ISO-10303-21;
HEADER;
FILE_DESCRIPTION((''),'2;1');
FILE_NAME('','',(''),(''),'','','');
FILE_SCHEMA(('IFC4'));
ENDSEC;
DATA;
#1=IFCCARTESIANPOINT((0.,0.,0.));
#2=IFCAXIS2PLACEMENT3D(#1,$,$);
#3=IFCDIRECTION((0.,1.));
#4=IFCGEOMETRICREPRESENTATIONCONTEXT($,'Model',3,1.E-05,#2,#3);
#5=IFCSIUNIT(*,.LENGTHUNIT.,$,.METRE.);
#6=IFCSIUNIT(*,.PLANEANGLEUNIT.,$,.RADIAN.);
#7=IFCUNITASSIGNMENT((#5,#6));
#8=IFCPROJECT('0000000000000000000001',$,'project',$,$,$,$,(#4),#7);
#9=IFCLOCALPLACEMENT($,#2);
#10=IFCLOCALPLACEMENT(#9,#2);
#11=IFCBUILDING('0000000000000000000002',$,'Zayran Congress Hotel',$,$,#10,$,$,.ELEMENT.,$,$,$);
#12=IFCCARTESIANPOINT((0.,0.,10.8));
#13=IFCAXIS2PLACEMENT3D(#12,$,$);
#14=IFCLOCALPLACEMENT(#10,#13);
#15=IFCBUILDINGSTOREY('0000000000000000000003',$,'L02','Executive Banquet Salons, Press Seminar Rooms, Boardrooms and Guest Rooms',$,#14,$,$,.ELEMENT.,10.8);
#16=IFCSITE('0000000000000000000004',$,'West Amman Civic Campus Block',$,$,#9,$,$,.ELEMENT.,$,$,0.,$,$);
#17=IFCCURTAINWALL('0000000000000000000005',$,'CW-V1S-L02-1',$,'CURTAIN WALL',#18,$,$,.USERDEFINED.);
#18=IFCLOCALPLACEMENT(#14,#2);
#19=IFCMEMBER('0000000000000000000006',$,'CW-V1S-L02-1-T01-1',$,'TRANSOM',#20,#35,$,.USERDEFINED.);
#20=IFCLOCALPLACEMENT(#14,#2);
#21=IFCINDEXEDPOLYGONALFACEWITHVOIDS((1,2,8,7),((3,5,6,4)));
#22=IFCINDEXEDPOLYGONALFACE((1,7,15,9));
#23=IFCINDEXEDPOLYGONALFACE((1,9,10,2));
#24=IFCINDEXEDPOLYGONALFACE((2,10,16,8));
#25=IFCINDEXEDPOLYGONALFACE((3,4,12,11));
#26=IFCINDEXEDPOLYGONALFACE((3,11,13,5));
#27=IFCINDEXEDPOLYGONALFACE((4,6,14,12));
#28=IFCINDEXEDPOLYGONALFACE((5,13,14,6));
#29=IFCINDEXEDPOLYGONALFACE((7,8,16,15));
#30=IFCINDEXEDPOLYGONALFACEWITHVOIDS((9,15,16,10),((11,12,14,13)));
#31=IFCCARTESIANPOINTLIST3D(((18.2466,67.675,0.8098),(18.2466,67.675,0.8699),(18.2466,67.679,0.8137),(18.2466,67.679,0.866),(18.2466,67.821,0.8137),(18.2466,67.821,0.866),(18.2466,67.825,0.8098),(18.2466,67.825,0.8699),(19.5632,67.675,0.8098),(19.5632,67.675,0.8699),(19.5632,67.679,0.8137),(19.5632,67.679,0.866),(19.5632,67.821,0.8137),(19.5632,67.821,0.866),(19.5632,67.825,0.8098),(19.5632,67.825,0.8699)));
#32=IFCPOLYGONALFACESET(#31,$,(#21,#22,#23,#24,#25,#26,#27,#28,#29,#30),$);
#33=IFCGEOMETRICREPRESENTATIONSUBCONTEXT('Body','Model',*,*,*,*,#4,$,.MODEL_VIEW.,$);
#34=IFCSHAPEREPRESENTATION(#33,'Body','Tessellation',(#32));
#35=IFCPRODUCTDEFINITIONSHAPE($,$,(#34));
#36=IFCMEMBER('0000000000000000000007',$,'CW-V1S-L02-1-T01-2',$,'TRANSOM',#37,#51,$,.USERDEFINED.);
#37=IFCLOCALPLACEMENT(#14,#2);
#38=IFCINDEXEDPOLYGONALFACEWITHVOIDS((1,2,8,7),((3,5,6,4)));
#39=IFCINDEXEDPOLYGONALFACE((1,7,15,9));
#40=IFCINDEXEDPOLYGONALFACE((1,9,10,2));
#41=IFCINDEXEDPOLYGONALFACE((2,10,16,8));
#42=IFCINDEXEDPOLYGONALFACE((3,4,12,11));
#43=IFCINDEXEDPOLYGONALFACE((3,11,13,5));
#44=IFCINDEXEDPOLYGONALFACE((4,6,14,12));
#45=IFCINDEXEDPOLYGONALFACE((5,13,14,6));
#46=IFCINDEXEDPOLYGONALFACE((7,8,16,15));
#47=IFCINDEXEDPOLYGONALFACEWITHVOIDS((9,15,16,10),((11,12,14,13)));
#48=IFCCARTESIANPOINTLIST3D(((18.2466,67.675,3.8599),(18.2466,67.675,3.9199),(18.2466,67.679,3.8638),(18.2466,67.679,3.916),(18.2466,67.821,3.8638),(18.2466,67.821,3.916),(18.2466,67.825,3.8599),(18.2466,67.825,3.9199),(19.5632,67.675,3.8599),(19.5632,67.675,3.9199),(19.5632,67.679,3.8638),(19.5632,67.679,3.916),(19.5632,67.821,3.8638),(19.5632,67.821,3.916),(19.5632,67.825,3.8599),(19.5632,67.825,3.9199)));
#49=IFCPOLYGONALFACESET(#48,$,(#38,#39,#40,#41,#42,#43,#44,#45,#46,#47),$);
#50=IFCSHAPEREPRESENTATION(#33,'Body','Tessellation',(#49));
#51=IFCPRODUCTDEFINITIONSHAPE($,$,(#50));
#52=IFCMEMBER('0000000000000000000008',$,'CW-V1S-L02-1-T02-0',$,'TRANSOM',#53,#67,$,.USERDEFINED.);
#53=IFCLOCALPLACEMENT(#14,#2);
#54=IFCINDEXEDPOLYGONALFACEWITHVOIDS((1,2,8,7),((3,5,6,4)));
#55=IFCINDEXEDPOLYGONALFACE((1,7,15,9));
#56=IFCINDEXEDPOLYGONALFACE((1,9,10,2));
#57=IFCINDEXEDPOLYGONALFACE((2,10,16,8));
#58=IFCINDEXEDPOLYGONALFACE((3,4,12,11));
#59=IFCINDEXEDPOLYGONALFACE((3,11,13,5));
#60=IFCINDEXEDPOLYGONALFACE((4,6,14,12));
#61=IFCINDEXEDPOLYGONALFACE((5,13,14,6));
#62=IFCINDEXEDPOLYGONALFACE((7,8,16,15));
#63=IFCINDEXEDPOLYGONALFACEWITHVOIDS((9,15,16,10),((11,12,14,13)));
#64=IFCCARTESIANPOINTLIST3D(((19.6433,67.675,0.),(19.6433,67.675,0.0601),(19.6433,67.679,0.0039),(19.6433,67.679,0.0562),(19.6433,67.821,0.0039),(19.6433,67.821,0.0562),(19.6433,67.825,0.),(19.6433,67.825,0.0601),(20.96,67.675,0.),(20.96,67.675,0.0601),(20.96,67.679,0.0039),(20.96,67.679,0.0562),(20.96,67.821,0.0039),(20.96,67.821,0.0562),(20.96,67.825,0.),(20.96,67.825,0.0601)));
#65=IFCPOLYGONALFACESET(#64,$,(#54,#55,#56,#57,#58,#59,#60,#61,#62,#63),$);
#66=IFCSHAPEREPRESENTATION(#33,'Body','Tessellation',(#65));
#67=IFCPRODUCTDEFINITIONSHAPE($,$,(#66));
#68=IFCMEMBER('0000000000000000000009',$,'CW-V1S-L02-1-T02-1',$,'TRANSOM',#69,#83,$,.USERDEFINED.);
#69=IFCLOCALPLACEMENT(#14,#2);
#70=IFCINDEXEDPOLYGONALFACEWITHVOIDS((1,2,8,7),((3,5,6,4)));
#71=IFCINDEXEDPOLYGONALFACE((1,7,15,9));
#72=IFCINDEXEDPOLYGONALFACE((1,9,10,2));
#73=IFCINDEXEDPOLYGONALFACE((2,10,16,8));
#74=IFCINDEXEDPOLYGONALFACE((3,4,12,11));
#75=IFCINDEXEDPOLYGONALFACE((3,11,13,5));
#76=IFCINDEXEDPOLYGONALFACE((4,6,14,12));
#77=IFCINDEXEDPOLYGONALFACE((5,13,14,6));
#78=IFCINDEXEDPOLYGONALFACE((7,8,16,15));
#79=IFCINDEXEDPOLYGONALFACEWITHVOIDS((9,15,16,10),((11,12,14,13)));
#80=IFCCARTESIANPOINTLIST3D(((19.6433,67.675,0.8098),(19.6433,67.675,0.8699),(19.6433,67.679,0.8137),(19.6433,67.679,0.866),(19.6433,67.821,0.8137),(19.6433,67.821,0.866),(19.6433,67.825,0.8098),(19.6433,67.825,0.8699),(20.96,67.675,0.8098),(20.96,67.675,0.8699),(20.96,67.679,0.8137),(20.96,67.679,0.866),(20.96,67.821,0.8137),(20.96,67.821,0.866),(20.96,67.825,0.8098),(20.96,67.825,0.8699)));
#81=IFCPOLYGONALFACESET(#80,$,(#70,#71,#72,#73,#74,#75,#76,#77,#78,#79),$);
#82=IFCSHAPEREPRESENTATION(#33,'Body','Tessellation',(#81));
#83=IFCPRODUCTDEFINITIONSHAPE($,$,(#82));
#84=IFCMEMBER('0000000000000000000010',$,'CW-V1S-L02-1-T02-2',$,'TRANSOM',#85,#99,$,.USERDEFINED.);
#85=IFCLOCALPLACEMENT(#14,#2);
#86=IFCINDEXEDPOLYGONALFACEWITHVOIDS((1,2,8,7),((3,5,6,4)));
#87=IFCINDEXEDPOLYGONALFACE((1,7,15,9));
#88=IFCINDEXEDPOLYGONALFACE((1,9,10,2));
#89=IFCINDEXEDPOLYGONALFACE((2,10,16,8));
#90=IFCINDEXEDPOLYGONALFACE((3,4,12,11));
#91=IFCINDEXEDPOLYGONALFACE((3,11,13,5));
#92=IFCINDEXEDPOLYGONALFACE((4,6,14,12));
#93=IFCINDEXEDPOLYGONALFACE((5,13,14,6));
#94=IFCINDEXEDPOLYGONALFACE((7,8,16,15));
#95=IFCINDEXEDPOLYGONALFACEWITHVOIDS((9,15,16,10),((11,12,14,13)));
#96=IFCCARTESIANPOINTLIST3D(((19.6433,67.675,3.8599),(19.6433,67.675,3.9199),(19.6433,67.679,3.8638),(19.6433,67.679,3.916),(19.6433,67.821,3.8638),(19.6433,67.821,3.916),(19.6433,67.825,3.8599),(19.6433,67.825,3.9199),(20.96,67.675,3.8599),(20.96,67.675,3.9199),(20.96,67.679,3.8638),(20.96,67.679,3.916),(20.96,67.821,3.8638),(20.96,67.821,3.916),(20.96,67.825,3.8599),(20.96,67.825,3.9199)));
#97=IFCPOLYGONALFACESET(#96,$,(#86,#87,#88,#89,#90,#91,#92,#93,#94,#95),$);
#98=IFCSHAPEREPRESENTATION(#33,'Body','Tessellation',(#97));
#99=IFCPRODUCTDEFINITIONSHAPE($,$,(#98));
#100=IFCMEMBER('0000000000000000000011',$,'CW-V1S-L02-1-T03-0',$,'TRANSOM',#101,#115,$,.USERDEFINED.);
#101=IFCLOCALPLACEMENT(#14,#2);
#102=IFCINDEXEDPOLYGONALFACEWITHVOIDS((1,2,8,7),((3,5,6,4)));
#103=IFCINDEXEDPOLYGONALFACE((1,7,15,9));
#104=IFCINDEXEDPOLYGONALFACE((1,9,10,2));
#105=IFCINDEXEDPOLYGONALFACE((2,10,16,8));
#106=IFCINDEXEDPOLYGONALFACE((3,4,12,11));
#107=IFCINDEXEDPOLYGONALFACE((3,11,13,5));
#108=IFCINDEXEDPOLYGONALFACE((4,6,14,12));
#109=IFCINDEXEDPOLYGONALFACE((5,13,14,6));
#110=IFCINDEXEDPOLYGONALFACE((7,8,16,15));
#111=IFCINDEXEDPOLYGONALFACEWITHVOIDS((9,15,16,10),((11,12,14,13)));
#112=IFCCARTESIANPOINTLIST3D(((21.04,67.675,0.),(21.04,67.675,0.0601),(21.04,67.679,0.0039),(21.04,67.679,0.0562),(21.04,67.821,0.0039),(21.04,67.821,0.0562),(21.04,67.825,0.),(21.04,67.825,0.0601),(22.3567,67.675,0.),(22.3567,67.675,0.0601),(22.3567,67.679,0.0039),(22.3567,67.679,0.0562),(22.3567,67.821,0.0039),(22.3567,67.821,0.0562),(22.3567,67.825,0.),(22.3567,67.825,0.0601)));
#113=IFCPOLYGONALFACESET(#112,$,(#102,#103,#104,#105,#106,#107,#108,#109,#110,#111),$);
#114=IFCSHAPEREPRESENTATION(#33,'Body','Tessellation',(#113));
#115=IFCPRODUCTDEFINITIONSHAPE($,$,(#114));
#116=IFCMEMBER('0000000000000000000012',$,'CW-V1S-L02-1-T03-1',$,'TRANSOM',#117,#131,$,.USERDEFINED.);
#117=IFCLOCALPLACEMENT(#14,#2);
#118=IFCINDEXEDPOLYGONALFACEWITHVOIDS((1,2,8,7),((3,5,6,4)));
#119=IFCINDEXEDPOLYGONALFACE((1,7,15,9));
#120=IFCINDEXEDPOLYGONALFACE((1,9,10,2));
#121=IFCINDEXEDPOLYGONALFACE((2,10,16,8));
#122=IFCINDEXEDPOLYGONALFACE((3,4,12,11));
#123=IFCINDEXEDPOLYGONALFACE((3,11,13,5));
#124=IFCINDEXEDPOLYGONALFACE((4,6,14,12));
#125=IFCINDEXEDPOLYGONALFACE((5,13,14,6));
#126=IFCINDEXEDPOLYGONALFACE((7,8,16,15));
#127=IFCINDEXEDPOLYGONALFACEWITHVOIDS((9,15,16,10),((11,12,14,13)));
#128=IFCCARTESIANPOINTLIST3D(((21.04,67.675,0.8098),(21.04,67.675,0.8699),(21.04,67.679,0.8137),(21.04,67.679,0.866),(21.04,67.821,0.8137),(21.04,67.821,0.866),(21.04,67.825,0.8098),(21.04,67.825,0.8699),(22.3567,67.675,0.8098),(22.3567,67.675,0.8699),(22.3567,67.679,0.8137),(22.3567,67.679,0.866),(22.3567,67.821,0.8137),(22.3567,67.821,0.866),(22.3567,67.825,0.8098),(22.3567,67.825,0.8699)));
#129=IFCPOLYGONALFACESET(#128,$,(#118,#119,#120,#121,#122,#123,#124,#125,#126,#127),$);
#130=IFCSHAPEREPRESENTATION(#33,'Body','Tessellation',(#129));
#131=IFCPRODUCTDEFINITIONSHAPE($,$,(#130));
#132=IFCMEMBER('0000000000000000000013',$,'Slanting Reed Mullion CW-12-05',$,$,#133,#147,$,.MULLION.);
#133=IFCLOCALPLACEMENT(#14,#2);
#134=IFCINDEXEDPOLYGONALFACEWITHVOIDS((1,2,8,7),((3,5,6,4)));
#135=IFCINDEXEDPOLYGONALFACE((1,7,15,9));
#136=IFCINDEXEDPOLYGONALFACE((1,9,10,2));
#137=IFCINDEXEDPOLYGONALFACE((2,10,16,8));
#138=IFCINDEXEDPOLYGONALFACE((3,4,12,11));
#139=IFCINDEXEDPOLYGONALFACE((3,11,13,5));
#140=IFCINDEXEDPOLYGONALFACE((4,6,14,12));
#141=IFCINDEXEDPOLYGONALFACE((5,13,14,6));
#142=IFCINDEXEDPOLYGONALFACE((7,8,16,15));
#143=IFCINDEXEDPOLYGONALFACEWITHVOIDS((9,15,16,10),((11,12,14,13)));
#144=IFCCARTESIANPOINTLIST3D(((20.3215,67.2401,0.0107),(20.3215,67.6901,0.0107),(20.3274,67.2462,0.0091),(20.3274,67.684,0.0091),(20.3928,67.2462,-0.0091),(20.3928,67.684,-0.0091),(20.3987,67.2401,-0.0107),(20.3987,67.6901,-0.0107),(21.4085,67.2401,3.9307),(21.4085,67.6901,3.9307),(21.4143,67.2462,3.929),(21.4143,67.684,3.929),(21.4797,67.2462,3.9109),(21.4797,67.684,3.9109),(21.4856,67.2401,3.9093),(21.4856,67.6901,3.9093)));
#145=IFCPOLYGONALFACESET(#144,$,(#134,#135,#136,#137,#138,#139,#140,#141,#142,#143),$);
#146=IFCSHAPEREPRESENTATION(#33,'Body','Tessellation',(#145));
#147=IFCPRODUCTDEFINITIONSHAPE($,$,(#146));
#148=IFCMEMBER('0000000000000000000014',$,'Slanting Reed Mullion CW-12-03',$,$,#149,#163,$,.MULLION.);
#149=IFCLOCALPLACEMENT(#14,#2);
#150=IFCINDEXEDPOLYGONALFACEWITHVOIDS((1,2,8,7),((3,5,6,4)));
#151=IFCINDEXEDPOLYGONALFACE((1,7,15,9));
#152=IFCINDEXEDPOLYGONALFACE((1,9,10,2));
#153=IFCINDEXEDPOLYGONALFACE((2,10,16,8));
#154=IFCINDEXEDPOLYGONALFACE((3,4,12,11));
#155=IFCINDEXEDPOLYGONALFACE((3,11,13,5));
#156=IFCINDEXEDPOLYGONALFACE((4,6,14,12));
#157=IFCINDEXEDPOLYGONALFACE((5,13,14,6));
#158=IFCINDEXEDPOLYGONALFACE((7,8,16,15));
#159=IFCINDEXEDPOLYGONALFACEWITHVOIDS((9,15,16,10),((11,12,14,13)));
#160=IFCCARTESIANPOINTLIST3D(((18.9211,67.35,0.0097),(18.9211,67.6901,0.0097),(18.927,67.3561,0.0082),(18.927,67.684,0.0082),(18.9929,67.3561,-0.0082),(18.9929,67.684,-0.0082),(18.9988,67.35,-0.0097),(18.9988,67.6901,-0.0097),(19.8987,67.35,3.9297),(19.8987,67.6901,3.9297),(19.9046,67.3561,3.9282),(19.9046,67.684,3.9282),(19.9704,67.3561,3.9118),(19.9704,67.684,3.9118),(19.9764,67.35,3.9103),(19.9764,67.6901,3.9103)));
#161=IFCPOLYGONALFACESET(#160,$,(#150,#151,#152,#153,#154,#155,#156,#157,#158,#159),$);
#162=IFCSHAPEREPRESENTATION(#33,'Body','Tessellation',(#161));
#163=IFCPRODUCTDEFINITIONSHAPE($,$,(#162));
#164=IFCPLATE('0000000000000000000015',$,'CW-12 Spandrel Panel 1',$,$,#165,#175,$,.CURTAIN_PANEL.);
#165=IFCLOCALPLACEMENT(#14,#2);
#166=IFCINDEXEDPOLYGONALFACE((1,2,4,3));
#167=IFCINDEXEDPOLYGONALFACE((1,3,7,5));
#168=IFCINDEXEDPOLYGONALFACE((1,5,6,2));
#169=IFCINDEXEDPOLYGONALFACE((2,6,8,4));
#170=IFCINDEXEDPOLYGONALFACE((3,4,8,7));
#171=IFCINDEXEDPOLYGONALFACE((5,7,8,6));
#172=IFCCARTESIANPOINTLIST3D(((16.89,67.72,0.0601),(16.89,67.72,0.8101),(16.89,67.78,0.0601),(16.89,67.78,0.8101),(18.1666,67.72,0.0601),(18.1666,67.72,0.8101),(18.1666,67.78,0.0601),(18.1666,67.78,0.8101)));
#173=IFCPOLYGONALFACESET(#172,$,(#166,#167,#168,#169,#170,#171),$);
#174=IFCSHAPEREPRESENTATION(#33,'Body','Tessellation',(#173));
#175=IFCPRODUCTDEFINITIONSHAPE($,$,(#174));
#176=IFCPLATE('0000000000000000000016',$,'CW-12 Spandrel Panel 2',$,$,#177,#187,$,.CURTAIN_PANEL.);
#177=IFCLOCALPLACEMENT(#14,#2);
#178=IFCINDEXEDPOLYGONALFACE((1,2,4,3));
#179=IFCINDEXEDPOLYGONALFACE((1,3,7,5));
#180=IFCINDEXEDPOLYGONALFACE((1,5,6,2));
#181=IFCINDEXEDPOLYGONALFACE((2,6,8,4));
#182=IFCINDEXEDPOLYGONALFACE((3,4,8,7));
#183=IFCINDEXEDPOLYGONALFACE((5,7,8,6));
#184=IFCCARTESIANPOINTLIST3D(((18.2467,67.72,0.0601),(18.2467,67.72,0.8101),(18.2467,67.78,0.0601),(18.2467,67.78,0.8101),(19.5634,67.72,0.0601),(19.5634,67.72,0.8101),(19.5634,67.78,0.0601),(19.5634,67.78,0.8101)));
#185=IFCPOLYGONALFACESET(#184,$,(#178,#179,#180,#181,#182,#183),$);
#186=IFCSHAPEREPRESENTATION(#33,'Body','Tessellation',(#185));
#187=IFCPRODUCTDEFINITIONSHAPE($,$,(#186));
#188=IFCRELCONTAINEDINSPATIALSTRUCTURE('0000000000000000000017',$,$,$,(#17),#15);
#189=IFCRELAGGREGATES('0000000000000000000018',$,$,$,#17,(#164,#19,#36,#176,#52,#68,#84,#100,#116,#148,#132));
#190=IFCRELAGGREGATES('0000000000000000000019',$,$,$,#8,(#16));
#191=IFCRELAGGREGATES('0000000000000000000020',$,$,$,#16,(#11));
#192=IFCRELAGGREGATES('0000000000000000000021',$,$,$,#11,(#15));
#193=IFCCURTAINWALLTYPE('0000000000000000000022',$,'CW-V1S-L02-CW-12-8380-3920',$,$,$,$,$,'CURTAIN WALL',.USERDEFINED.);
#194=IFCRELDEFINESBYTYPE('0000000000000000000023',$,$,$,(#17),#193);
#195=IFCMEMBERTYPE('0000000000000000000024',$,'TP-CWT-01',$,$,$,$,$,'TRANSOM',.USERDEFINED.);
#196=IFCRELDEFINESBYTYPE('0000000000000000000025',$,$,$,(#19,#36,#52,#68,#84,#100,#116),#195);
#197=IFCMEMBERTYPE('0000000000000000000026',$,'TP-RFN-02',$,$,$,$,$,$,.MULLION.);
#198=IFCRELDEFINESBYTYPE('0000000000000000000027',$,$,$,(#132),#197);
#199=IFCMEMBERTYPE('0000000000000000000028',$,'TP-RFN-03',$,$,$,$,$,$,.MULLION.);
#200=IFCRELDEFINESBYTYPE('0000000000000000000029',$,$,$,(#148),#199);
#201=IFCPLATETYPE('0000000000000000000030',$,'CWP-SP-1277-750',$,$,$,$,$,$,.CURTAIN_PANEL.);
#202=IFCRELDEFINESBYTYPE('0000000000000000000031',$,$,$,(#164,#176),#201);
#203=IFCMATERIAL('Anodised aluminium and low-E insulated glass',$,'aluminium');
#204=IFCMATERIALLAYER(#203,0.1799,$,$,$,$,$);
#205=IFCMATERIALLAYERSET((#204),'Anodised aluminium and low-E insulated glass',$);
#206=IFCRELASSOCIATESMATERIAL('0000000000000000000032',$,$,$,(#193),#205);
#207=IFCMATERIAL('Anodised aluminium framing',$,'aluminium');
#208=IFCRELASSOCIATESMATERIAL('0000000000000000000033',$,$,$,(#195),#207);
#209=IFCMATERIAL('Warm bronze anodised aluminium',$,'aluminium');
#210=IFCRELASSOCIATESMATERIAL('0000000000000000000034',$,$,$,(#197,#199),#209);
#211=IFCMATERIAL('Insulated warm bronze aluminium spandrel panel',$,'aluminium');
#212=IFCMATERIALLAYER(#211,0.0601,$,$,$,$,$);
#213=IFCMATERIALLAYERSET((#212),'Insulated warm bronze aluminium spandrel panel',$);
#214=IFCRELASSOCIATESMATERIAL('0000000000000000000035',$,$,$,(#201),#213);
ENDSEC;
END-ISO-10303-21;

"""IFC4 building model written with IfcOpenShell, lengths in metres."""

from ifc_helpers import new_model, si_unit, direction, frame, origin, origin_2d, place, context, subcontext, project, spatial, rectangle, hollow_rectangle, extrude, material, layer, layer_set, material_profile, profile_set, type_object, element, aggregate, save


model = new_model("IFC4")

# Units and contexts
model_context = context("Model", 3, precision=1e-05, world=origin(), true_north=direction((0.0, 1.0)))
body_context = subcontext(model_context, "Body", "Model", "MODEL_VIEW")
ifc_project = project(units=[si_unit("LENGTHUNIT", "METRE"), si_unit("PLANEANGLEUNIT", "RADIAN")], contexts=[model_context])

# Site, building, storey
site_placement = place(None, origin())
site = spatial("IfcSite", under=ifc_project, at=site_placement, Name="West Amman Civic Campus Block", CompositionType="ELEMENT", RefElevation=0.0)
building_placement = place(site_placement, origin())
building = spatial("IfcBuilding", under=site, at=building_placement, Name="Zayran Congress Hotel", CompositionType="ELEMENT")
storey_placement = place(building_placement, frame((0.0, 0.0, 10.8)))
storey = spatial("IfcBuildingStorey", under=building, at=storey_placement, Name="L02", Description="Executive Banquet Salons, Press Seminar Rooms, Boardrooms and Guest Rooms", CompositionType="ELEMENT", Elevation=10.8)

# Curtain wall, members, plates
ifc_material_1 = material(Name="Anodised aluminium and low-E insulated glass", Category="aluminium")
ifc_layer_1 = layer(ifc_material_1, 0.1799)
ifc_layer_set_1 = layer_set([ifc_layer_1], Name="Anodised aluminium and low-E insulated glass")
curtain_wall_type = type_object("IfcCurtainWallType", Name="CW-V1S-L02-CW-12-8380-3920", ElementType="CURTAIN WALL", PredefinedType="USERDEFINED", material=ifc_layer_set_1)
curtain_wall_placement = place(storey_placement, origin())
curtain_wall = element("IfcCurtainWall", 1, at=curtain_wall_placement, inside=storey, type_object=curtain_wall_type, Name="CW-V1S-L02-1", ObjectType="CURTAIN WALL", PredefinedType="USERDEFINED")
ifc_material_2 = material(Name="Anodised aluminium framing", Category="aluminium")
ifc_material_profile_1 = material_profile(ifc_material_2, hollow_rectangle(XDim=0.0601, YDim=0.1499, WallThickness=0.0039, at=origin_2d()), Name="RHS 150x60x4")
ifc_profile_set_1 = profile_set([ifc_material_profile_1], Name="Anodised aluminium framing")
member_type_1 = type_object("IfcMemberType", Name="TP-CWT-01", ElementType="TRANSOM", PredefinedType="USERDEFINED", material=ifc_profile_set_1)
member_1_placement = place(storey_placement, frame((18.2466, 67.75, 0.8398), z_axis=(1.0, 0.0, 0.0), x_axis=(0.0, 0.0, 1.0)))
member_1 = element("IfcMember", 2, at=member_1_placement, type_object=member_type_1, Name="CW-V1S-L02-1-T01-1", ObjectType="TRANSOM", PredefinedType="USERDEFINED", context=body_context, shape_type="SweptSolid", body=[
    extrude(hollow_rectangle(XDim=0.0601, YDim=0.1499, WallThickness=0.0039, at=origin_2d()), origin(), (0.0, 0.0, 1.0), 1.3167),
])
member_2_placement = place(storey_placement, frame((18.2466, 67.75, 3.8899), z_axis=(1.0, 0.0, 0.0), x_axis=(0.0, 0.0, 1.0)))
member_2 = element("IfcMember", 3, at=member_2_placement, type_object=member_type_1, Name="CW-V1S-L02-1-T01-2", ObjectType="TRANSOM", PredefinedType="USERDEFINED", context=body_context, shape_type="SweptSolid", body=[
    extrude(hollow_rectangle(XDim=0.0601, YDim=0.1499, WallThickness=0.0039, at=origin_2d()), origin(), (0.0, 0.0, 1.0), 1.3167),
])
member_3_placement = place(storey_placement, frame((19.6433, 67.75, 0.03), z_axis=(1.0, 0.0, 0.0), x_axis=(0.0, 0.0, 1.0)))
member_3 = element("IfcMember", 4, at=member_3_placement, type_object=member_type_1, Name="CW-V1S-L02-1-T02-0", ObjectType="TRANSOM", PredefinedType="USERDEFINED", context=body_context, shape_type="SweptSolid", body=[
    extrude(hollow_rectangle(XDim=0.0601, YDim=0.1499, WallThickness=0.0039, at=origin_2d()), origin(), (0.0, 0.0, 1.0), 1.3167),
])
member_4_placement = place(storey_placement, frame((19.6433, 67.75, 0.8398), z_axis=(1.0, 0.0, 0.0), x_axis=(0.0, 0.0, 1.0)))
member_4 = element("IfcMember", 5, at=member_4_placement, type_object=member_type_1, Name="CW-V1S-L02-1-T02-1", ObjectType="TRANSOM", PredefinedType="USERDEFINED", context=body_context, shape_type="SweptSolid", body=[
    extrude(hollow_rectangle(XDim=0.0601, YDim=0.1499, WallThickness=0.0039, at=origin_2d()), origin(), (0.0, 0.0, 1.0), 1.3167),
])
member_5_placement = place(storey_placement, frame((19.6433, 67.75, 3.8899), z_axis=(1.0, 0.0, 0.0), x_axis=(0.0, 0.0, 1.0)))
member_5 = element("IfcMember", 6, at=member_5_placement, type_object=member_type_1, Name="CW-V1S-L02-1-T02-2", ObjectType="TRANSOM", PredefinedType="USERDEFINED", context=body_context, shape_type="SweptSolid", body=[
    extrude(hollow_rectangle(XDim=0.0601, YDim=0.1499, WallThickness=0.0039, at=origin_2d()), origin(), (0.0, 0.0, 1.0), 1.3167),
])
member_6_placement = place(storey_placement, frame((21.04, 67.75, 0.03), z_axis=(1.0, 0.0, 0.0), x_axis=(0.0, 0.0, 1.0)))
member_6 = element("IfcMember", 7, at=member_6_placement, type_object=member_type_1, Name="CW-V1S-L02-1-T03-0", ObjectType="TRANSOM", PredefinedType="USERDEFINED", context=body_context, shape_type="SweptSolid", body=[
    extrude(hollow_rectangle(XDim=0.0601, YDim=0.1499, WallThickness=0.0039, at=origin_2d()), origin(), (0.0, 0.0, 1.0), 1.3167),
])
member_7_placement = place(storey_placement, frame((21.04, 67.75, 0.8398), z_axis=(1.0, 0.0, 0.0), x_axis=(0.0, 0.0, 1.0)))
member_7 = element("IfcMember", 8, at=member_7_placement, type_object=member_type_1, Name="CW-V1S-L02-1-T03-1", ObjectType="TRANSOM", PredefinedType="USERDEFINED", context=body_context, shape_type="SweptSolid", body=[
    extrude(hollow_rectangle(XDim=0.0601, YDim=0.1499, WallThickness=0.0039, at=origin_2d()), origin(), (0.0, 0.0, 1.0), 1.3167),
])
ifc_material_3 = material(Name="Warm bronze anodised aluminium", Category="aluminium")
ifc_material_profile_2 = material_profile(ifc_material_3, hollow_rectangle(XDim=0.0801, YDim=0.45, WallThickness=0.0061, at=origin_2d()), Name="RHS 450x80x6")
ifc_profile_set_2 = profile_set([ifc_material_profile_2], Name="Warm bronze anodised aluminium")
member_type_2 = type_object("IfcMemberType", Name="TP-RFN-02", PredefinedType="MULLION", material=ifc_profile_set_2)
member_8_placement = place(storey_placement, frame((20.3601, 67.4651, 0.0), z_axis=(0.267198, 0.0, 0.963642), x_axis=(-0.963642, 0.0, 0.267198)))
member_8 = element("IfcMember", 9, at=member_8_placement, type_object=member_type_2, Name="Slanting Reed Mullion CW-12-05", PredefinedType="MULLION", context=body_context, shape_type="SweptSolid", body=[
    extrude(hollow_rectangle(XDim=0.0801, YDim=0.45, WallThickness=0.0061, at=origin_2d()), origin(), (0.0, 0.0, 1.0), 4.0679),
])
ifc_material_profile_3 = material_profile(ifc_material_3, hollow_rectangle(XDim=0.0801, YDim=0.3401, WallThickness=0.0061, at=origin_2d()), Name="RHS 340x80x6")
ifc_profile_set_3 = profile_set([ifc_material_profile_3], Name="Warm bronze anodised aluminium")
member_type_3 = type_object("IfcMemberType", Name="TP-RFN-03", PredefinedType="MULLION", material=ifc_profile_set_3)
member_9_placement = place(storey_placement, frame((18.96, 67.52, 0.0), z_axis=(0.241967, 0.0, 0.970285), x_axis=(-0.970285, 0.0, 0.241967)))
member_9 = element("IfcMember", 10, at=member_9_placement, type_object=member_type_3, Name="Slanting Reed Mullion CW-12-03", PredefinedType="MULLION", context=body_context, shape_type="SweptSolid", body=[
    extrude(hollow_rectangle(XDim=0.0801, YDim=0.3401, WallThickness=0.0061, at=origin_2d()), origin(), (0.0, 0.0, 1.0), 4.04),
])
ifc_material_4 = material(Name="Insulated warm bronze aluminium spandrel panel", Category="aluminium")
ifc_layer_2 = layer(ifc_material_4, 0.0601)
ifc_layer_set_2 = layer_set([ifc_layer_2], Name="Insulated warm bronze aluminium spandrel panel")
plate_type_1 = type_object("IfcPlateType", Name="CWP-SP-1277-750", PredefinedType="CURTAIN_PANEL", material=ifc_layer_set_2)
plate_1_placement = place(storey_placement, frame((17.5283, 67.75, 0.0601), z_axis=(0.0, 0.0, 1.0), x_axis=(1.0, 0.0, 0.0)))
plate_1 = element("IfcPlate", 11, at=plate_1_placement, type_object=plate_type_1, Name="CW-12 Spandrel Panel 1", PredefinedType="CURTAIN_PANEL", context=body_context, shape_type="SweptSolid", body=[
    extrude(rectangle(XDim=1.2766, YDim=0.0601, at=origin_2d()), origin(), (0.0, 0.0, 1.0), 0.75),
])
plate_2_placement = place(storey_placement, frame((18.905, 67.75, 0.0601), z_axis=(0.0, 0.0, 1.0), x_axis=(1.0, 0.0, 0.0)))
plate_2 = element("IfcPlate", 12, at=plate_2_placement, type_object=plate_type_1, Name="CW-12 Spandrel Panel 2", PredefinedType="CURTAIN_PANEL", context=body_context, shape_type="SweptSolid", body=[
    extrude(rectangle(XDim=1.3167, YDim=0.0601, at=origin_2d()), origin(), (0.0, 0.0, 1.0), 0.75),
])
aggregate(curtain_wall, [plate_1, member_1, member_2, plate_2, member_3, member_4, member_5, member_6, member_7, member_9, member_8])

save(model, "model.ifc")
